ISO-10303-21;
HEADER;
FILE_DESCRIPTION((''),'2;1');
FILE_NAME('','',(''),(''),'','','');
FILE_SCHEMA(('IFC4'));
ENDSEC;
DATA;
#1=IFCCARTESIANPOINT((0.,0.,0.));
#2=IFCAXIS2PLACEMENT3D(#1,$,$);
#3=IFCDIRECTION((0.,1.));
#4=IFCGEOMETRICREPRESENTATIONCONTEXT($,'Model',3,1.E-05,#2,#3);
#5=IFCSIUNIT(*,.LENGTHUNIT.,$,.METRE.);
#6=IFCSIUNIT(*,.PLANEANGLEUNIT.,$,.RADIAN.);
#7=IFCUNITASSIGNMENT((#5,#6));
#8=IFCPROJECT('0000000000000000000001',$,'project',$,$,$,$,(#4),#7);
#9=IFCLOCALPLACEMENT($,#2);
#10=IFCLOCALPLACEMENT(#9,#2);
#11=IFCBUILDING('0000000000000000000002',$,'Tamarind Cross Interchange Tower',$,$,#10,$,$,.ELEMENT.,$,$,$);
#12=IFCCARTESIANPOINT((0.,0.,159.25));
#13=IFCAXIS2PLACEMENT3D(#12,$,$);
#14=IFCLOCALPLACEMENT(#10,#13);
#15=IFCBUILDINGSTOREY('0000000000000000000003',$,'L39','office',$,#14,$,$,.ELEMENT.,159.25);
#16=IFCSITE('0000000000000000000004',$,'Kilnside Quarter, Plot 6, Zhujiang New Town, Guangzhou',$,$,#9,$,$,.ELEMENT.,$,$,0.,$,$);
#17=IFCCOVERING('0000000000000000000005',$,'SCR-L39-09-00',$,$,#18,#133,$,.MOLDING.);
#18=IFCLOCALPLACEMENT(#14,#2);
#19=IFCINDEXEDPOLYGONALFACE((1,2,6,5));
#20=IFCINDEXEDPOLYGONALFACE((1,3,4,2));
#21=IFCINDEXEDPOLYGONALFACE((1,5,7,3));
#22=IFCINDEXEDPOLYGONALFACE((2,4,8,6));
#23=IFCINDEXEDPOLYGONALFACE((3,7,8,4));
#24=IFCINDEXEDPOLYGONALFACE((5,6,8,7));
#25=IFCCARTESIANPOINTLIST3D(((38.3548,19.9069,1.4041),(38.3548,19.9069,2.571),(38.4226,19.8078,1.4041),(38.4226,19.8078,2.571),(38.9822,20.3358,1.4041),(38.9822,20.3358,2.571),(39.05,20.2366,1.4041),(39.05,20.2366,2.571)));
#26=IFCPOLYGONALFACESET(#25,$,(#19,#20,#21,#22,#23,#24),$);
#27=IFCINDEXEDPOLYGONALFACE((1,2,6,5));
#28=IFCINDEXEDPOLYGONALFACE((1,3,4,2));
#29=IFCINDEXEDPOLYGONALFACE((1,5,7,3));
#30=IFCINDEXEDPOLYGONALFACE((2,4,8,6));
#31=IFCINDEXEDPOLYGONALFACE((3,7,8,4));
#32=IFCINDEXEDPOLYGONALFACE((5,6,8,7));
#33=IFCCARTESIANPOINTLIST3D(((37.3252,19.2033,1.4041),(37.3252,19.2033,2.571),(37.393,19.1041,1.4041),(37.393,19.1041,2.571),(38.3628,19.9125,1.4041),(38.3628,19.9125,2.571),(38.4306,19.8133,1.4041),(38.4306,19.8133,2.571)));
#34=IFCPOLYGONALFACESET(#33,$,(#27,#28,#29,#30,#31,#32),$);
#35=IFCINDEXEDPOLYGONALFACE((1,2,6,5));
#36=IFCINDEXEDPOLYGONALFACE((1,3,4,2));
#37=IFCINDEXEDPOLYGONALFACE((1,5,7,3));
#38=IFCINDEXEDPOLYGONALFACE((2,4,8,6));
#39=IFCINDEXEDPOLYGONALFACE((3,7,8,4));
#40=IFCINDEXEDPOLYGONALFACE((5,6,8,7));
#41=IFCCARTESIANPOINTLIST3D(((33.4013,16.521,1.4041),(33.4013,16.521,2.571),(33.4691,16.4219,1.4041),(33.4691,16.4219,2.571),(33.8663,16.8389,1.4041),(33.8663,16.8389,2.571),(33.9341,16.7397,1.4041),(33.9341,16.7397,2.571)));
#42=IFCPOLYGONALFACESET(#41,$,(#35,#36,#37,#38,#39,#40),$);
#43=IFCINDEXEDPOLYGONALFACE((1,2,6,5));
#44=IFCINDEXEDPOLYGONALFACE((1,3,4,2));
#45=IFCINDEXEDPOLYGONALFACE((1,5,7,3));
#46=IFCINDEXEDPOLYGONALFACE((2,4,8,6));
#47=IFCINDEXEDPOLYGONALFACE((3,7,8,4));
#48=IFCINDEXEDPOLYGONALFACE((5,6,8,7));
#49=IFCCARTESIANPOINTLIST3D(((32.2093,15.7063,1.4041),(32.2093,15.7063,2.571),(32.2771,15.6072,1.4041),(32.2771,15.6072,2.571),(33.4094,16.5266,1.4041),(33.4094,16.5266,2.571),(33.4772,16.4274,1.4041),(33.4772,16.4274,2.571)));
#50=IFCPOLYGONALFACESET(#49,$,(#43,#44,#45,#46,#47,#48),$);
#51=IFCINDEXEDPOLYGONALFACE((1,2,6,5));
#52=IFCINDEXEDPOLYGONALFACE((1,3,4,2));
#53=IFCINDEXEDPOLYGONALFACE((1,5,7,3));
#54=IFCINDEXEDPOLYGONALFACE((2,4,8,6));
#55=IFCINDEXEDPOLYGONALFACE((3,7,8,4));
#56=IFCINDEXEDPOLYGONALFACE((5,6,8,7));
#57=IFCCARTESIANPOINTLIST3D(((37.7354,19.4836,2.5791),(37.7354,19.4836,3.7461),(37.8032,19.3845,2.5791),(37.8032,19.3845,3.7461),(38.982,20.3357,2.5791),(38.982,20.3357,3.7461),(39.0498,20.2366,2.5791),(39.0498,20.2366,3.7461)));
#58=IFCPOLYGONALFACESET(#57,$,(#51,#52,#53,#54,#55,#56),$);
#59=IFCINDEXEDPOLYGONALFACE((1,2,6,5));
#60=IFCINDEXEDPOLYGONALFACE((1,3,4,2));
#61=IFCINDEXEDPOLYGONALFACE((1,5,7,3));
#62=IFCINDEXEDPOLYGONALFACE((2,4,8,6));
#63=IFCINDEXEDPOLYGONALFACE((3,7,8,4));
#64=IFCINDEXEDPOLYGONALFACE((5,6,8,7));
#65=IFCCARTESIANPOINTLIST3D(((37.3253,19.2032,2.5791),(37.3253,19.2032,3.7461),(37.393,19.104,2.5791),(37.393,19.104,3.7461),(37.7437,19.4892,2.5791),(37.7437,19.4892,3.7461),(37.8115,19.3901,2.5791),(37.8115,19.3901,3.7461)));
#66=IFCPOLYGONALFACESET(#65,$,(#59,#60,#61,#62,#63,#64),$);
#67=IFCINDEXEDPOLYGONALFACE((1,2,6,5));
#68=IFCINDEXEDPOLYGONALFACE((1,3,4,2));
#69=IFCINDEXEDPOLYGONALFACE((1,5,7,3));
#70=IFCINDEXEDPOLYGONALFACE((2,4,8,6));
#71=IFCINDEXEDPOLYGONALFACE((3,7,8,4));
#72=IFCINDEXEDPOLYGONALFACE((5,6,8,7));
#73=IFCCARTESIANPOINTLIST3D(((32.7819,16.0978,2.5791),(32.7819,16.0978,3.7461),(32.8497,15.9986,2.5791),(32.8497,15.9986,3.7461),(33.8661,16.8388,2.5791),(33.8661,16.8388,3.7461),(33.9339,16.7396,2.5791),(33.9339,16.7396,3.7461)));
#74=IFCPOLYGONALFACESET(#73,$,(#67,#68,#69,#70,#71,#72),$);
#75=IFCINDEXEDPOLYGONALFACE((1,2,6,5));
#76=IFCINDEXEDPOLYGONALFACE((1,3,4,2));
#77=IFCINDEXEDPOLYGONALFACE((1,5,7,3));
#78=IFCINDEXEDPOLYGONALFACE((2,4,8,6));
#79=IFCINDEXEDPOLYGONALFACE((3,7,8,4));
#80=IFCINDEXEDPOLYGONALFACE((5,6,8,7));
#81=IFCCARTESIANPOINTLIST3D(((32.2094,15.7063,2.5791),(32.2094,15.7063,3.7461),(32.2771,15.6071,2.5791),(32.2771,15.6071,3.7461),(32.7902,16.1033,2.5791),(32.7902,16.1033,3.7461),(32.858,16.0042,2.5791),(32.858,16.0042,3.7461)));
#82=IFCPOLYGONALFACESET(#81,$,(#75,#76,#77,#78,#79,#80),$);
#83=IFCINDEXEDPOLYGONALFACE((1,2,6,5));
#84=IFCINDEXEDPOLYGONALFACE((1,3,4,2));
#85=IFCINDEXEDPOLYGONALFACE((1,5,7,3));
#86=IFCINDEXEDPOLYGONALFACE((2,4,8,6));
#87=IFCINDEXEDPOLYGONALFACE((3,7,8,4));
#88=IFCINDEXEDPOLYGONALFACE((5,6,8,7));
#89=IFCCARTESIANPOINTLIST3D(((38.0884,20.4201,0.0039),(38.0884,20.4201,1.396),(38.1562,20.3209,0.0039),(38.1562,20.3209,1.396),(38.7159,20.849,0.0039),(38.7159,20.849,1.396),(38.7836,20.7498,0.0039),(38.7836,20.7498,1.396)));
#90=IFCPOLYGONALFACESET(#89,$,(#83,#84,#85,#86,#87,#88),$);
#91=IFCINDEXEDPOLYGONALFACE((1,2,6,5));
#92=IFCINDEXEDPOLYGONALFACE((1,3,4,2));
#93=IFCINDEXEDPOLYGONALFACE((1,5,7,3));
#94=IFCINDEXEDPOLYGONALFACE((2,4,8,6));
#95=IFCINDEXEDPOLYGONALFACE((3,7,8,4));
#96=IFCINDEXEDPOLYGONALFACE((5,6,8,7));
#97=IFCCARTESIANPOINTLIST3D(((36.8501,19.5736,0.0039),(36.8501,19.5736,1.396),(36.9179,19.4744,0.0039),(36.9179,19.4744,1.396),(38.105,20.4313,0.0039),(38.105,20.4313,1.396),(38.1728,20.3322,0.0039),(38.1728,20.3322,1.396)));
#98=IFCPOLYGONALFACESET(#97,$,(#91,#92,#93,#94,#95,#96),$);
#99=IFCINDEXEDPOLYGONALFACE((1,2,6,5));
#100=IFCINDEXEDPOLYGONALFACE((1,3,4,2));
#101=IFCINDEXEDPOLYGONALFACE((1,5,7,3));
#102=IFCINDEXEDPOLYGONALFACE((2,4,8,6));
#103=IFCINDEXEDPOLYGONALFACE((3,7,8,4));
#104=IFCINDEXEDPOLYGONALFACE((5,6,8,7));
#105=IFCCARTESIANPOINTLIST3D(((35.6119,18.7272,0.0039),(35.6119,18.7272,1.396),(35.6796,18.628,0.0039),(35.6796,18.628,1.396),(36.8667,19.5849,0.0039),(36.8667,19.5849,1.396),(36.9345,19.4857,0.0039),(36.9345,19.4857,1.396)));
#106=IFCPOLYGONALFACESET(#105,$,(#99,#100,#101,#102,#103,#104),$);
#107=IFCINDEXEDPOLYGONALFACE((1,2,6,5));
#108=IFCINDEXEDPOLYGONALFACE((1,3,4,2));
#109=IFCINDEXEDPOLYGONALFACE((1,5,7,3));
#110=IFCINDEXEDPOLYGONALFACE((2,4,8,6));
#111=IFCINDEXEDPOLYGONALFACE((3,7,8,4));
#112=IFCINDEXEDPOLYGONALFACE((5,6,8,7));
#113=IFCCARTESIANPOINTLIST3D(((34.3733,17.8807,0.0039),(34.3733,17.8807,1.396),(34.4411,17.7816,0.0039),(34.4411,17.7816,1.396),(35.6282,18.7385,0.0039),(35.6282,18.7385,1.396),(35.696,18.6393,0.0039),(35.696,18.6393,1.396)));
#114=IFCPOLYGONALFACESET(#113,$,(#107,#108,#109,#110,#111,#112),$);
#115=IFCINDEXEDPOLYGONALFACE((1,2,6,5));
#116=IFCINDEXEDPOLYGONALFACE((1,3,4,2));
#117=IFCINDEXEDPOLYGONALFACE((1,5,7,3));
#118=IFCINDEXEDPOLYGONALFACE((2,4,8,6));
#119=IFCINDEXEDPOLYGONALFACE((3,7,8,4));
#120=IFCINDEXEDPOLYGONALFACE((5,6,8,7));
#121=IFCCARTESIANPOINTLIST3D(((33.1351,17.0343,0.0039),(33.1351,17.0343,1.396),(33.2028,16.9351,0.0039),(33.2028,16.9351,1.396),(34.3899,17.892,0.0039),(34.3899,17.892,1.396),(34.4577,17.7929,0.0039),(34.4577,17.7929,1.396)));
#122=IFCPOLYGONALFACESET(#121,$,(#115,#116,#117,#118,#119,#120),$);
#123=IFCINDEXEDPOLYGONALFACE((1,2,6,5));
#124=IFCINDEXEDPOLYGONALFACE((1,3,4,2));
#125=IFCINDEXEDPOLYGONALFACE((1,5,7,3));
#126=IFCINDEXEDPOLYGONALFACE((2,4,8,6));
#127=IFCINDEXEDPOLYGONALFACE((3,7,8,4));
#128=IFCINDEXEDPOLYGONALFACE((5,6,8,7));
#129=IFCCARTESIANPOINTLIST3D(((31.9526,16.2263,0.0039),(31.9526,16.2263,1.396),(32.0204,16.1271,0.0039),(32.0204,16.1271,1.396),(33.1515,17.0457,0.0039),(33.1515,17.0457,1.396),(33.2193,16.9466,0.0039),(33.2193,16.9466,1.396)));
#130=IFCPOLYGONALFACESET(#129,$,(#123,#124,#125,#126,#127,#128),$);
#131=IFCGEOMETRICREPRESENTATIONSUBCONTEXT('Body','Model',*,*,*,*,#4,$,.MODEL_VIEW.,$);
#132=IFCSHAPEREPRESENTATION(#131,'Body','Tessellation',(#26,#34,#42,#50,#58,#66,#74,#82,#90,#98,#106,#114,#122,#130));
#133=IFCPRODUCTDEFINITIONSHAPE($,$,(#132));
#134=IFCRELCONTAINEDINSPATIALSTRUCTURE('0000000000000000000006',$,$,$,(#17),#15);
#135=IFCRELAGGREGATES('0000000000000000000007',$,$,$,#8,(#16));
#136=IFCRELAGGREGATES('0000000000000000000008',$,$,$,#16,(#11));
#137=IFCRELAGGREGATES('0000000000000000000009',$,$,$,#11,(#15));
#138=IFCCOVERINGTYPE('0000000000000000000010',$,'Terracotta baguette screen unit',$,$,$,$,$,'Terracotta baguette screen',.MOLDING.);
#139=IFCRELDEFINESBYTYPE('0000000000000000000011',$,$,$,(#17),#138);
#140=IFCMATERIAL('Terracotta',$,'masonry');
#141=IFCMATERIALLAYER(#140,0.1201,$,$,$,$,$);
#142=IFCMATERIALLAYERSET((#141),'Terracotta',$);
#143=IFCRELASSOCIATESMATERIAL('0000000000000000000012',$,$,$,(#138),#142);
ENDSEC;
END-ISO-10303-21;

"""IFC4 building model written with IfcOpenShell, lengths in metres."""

from ifc_helpers import new_model, si_unit, direction, frame, origin, origin_2d, place, context, subcontext, project, spatial, rectangle, extrude, material, layer, layer_set, type_object, element, save


model = new_model("IFC4")

# Units and contexts
model_context = context("Model", 3, precision=1e-05, world=origin(), true_north=direction((0.0, 1.0)))
body_context = subcontext(model_context, "Body", "Model", "MODEL_VIEW")
ifc_project = project(units=[si_unit("LENGTHUNIT", "METRE"), si_unit("PLANEANGLEUNIT", "RADIAN")], contexts=[model_context])

# Site, building, storey
site_placement = place(None, origin())
site = spatial("IfcSite", under=ifc_project, at=site_placement, Name="Kilnside Quarter, Plot 6, Zhujiang New Town, Guangzhou", CompositionType="ELEMENT", RefElevation=0.0)
building_placement = place(site_placement, origin())
building = spatial("IfcBuilding", under=site, at=building_placement, Name="Tamarind Cross Interchange Tower", CompositionType="ELEMENT")
storey_placement = place(building_placement, frame((0.0, 0.0, 159.25)))
storey = spatial("IfcBuildingStorey", under=building, at=storey_placement, Name="L39", Description="office", CompositionType="ELEMENT", Elevation=159.25)

# Covering
ifc_material_1 = material(Name="Terracotta", Category="masonry")
ifc_layer_1 = layer(ifc_material_1, 0.1201)
ifc_layer_set_1 = layer_set([ifc_layer_1], Name="Terracotta")
covering_type = type_object("IfcCoveringType", Name="Terracotta baguette screen unit", ElementType="Terracotta baguette screen", PredefinedType="MOLDING", material=ifc_layer_set_1)
covering_1_placement = place(storey_placement, origin())
element("IfcCovering", 1, at=covering_1_placement, inside=storey, type_object=covering_type, Name="SCR-L39-09-00", PredefinedType="MOLDING", context=body_context, shape_type="SweptSolid", body=[
    extrude(rectangle(XDim=0.76, YDim=0.1201, at=origin_2d()), frame((38.7024, 20.0718, 1.4041), z_axis=(0.0, 0.0, 1.0), x_axis=(-0.825569, -0.564301, 0.0)), (0.0, 0.0, 1.0), 1.167),
    extrude(rectangle(XDim=1.2568, YDim=0.1201, at=origin_2d()), frame((37.8779, 19.5083, 1.4041), z_axis=(0.0, 0.0, 1.0), x_axis=(-0.825569, -0.564301, 0.0)), (0.0, 0.0, 1.0), 1.167),
    extrude(rectangle(XDim=0.5632, YDim=0.1201, at=origin_2d()), frame((33.6677, 16.6304, 1.4041), z_axis=(0.0, 0.0, 1.0), x_axis=(-0.825569, -0.564301, 0.0)), (0.0, 0.0, 1.0), 1.167),
    extrude(rectangle(XDim=1.4536, YDim=0.1201, at=origin_2d()), frame((32.8433, 16.0669, 1.4041), z_axis=(0.0, 0.0, 1.0), x_axis=(-0.825569, -0.564301, 0.0)), (0.0, 0.0, 1.0), 1.167),
    extrude(rectangle(XDim=1.51, YDim=0.1201, at=origin_2d()), frame((38.3926, 19.8601, 2.5791), z_axis=(0.0, 0.0, 1.0), x_axis=(-0.825569, -0.564301, 0.0)), (0.0, 0.0, 1.0), 1.167),
    extrude(rectangle(XDim=0.5068, YDim=0.1201, at=origin_2d()), frame((37.5684, 19.2966, 2.5791), z_axis=(0.0, 0.0, 1.0), x_axis=(-0.825569, -0.564301, 0.0)), (0.0, 0.0, 1.0), 1.167),
    extrude(rectangle(XDim=1.3132, YDim=0.1201, at=origin_2d()), frame((33.3579, 16.4187, 2.5791), z_axis=(0.0, 0.0, 1.0), x_axis=(-0.825569, -0.564301, 0.0)), (0.0, 0.0, 1.0), 1.167),
    extrude(rectangle(XDim=0.7036, YDim=0.1201, at=origin_2d()), frame((32.5337, 15.8552, 2.5791), z_axis=(0.0, 0.0, 1.0), x_axis=(-0.825569, -0.564301, 0.0)), (0.0, 0.0, 1.0), 1.167),
    extrude(rectangle(XDim=0.76, YDim=0.1201, at=origin_2d()), frame((38.436, 20.585, 0.0039), z_axis=(0.0, 0.0, 1.0), x_axis=(-0.825569, -0.564301, 0.0)), (0.0, 0.0, 1.0), 1.3921),
    extrude(rectangle(XDim=1.52, YDim=0.1201, at=origin_2d()), frame((37.5115, 19.9529, 0.0039), z_axis=(0.0, 0.0, 1.0), x_axis=(-0.825569, -0.564301, 0.0)), (0.0, 0.0, 1.0), 1.3921),
    extrude(rectangle(XDim=1.52, YDim=0.1201, at=origin_2d()), frame((36.2732, 19.1064, 0.0039), z_axis=(0.0, 0.0, 1.0), x_axis=(-0.825569, -0.564301, 0.0)), (0.0, 0.0, 1.0), 1.3921),
    extrude(rectangle(XDim=1.52, YDim=0.1201, at=origin_2d()), frame((35.0347, 18.26, 0.0039), z_axis=(0.0, 0.0, 1.0), x_axis=(-0.825569, -0.564301, 0.0)), (0.0, 0.0, 1.0), 1.3921),
    extrude(rectangle(XDim=1.52, YDim=0.1201, at=origin_2d()), frame((33.7964, 17.4136, 0.0039), z_axis=(0.0, 0.0, 1.0), x_axis=(-0.825569, -0.564301, 0.0)), (0.0, 0.0, 1.0), 1.3921),
    extrude(rectangle(XDim=1.4521, YDim=0.1201, at=origin_2d()), frame((32.5859, 16.5864, 0.0039), z_axis=(0.0, 0.0, 1.0), x_axis=(-0.825569, -0.564301, 0.0)), (0.0, 0.0, 1.0), 1.3921),
])

save(model, "model.ifc")
